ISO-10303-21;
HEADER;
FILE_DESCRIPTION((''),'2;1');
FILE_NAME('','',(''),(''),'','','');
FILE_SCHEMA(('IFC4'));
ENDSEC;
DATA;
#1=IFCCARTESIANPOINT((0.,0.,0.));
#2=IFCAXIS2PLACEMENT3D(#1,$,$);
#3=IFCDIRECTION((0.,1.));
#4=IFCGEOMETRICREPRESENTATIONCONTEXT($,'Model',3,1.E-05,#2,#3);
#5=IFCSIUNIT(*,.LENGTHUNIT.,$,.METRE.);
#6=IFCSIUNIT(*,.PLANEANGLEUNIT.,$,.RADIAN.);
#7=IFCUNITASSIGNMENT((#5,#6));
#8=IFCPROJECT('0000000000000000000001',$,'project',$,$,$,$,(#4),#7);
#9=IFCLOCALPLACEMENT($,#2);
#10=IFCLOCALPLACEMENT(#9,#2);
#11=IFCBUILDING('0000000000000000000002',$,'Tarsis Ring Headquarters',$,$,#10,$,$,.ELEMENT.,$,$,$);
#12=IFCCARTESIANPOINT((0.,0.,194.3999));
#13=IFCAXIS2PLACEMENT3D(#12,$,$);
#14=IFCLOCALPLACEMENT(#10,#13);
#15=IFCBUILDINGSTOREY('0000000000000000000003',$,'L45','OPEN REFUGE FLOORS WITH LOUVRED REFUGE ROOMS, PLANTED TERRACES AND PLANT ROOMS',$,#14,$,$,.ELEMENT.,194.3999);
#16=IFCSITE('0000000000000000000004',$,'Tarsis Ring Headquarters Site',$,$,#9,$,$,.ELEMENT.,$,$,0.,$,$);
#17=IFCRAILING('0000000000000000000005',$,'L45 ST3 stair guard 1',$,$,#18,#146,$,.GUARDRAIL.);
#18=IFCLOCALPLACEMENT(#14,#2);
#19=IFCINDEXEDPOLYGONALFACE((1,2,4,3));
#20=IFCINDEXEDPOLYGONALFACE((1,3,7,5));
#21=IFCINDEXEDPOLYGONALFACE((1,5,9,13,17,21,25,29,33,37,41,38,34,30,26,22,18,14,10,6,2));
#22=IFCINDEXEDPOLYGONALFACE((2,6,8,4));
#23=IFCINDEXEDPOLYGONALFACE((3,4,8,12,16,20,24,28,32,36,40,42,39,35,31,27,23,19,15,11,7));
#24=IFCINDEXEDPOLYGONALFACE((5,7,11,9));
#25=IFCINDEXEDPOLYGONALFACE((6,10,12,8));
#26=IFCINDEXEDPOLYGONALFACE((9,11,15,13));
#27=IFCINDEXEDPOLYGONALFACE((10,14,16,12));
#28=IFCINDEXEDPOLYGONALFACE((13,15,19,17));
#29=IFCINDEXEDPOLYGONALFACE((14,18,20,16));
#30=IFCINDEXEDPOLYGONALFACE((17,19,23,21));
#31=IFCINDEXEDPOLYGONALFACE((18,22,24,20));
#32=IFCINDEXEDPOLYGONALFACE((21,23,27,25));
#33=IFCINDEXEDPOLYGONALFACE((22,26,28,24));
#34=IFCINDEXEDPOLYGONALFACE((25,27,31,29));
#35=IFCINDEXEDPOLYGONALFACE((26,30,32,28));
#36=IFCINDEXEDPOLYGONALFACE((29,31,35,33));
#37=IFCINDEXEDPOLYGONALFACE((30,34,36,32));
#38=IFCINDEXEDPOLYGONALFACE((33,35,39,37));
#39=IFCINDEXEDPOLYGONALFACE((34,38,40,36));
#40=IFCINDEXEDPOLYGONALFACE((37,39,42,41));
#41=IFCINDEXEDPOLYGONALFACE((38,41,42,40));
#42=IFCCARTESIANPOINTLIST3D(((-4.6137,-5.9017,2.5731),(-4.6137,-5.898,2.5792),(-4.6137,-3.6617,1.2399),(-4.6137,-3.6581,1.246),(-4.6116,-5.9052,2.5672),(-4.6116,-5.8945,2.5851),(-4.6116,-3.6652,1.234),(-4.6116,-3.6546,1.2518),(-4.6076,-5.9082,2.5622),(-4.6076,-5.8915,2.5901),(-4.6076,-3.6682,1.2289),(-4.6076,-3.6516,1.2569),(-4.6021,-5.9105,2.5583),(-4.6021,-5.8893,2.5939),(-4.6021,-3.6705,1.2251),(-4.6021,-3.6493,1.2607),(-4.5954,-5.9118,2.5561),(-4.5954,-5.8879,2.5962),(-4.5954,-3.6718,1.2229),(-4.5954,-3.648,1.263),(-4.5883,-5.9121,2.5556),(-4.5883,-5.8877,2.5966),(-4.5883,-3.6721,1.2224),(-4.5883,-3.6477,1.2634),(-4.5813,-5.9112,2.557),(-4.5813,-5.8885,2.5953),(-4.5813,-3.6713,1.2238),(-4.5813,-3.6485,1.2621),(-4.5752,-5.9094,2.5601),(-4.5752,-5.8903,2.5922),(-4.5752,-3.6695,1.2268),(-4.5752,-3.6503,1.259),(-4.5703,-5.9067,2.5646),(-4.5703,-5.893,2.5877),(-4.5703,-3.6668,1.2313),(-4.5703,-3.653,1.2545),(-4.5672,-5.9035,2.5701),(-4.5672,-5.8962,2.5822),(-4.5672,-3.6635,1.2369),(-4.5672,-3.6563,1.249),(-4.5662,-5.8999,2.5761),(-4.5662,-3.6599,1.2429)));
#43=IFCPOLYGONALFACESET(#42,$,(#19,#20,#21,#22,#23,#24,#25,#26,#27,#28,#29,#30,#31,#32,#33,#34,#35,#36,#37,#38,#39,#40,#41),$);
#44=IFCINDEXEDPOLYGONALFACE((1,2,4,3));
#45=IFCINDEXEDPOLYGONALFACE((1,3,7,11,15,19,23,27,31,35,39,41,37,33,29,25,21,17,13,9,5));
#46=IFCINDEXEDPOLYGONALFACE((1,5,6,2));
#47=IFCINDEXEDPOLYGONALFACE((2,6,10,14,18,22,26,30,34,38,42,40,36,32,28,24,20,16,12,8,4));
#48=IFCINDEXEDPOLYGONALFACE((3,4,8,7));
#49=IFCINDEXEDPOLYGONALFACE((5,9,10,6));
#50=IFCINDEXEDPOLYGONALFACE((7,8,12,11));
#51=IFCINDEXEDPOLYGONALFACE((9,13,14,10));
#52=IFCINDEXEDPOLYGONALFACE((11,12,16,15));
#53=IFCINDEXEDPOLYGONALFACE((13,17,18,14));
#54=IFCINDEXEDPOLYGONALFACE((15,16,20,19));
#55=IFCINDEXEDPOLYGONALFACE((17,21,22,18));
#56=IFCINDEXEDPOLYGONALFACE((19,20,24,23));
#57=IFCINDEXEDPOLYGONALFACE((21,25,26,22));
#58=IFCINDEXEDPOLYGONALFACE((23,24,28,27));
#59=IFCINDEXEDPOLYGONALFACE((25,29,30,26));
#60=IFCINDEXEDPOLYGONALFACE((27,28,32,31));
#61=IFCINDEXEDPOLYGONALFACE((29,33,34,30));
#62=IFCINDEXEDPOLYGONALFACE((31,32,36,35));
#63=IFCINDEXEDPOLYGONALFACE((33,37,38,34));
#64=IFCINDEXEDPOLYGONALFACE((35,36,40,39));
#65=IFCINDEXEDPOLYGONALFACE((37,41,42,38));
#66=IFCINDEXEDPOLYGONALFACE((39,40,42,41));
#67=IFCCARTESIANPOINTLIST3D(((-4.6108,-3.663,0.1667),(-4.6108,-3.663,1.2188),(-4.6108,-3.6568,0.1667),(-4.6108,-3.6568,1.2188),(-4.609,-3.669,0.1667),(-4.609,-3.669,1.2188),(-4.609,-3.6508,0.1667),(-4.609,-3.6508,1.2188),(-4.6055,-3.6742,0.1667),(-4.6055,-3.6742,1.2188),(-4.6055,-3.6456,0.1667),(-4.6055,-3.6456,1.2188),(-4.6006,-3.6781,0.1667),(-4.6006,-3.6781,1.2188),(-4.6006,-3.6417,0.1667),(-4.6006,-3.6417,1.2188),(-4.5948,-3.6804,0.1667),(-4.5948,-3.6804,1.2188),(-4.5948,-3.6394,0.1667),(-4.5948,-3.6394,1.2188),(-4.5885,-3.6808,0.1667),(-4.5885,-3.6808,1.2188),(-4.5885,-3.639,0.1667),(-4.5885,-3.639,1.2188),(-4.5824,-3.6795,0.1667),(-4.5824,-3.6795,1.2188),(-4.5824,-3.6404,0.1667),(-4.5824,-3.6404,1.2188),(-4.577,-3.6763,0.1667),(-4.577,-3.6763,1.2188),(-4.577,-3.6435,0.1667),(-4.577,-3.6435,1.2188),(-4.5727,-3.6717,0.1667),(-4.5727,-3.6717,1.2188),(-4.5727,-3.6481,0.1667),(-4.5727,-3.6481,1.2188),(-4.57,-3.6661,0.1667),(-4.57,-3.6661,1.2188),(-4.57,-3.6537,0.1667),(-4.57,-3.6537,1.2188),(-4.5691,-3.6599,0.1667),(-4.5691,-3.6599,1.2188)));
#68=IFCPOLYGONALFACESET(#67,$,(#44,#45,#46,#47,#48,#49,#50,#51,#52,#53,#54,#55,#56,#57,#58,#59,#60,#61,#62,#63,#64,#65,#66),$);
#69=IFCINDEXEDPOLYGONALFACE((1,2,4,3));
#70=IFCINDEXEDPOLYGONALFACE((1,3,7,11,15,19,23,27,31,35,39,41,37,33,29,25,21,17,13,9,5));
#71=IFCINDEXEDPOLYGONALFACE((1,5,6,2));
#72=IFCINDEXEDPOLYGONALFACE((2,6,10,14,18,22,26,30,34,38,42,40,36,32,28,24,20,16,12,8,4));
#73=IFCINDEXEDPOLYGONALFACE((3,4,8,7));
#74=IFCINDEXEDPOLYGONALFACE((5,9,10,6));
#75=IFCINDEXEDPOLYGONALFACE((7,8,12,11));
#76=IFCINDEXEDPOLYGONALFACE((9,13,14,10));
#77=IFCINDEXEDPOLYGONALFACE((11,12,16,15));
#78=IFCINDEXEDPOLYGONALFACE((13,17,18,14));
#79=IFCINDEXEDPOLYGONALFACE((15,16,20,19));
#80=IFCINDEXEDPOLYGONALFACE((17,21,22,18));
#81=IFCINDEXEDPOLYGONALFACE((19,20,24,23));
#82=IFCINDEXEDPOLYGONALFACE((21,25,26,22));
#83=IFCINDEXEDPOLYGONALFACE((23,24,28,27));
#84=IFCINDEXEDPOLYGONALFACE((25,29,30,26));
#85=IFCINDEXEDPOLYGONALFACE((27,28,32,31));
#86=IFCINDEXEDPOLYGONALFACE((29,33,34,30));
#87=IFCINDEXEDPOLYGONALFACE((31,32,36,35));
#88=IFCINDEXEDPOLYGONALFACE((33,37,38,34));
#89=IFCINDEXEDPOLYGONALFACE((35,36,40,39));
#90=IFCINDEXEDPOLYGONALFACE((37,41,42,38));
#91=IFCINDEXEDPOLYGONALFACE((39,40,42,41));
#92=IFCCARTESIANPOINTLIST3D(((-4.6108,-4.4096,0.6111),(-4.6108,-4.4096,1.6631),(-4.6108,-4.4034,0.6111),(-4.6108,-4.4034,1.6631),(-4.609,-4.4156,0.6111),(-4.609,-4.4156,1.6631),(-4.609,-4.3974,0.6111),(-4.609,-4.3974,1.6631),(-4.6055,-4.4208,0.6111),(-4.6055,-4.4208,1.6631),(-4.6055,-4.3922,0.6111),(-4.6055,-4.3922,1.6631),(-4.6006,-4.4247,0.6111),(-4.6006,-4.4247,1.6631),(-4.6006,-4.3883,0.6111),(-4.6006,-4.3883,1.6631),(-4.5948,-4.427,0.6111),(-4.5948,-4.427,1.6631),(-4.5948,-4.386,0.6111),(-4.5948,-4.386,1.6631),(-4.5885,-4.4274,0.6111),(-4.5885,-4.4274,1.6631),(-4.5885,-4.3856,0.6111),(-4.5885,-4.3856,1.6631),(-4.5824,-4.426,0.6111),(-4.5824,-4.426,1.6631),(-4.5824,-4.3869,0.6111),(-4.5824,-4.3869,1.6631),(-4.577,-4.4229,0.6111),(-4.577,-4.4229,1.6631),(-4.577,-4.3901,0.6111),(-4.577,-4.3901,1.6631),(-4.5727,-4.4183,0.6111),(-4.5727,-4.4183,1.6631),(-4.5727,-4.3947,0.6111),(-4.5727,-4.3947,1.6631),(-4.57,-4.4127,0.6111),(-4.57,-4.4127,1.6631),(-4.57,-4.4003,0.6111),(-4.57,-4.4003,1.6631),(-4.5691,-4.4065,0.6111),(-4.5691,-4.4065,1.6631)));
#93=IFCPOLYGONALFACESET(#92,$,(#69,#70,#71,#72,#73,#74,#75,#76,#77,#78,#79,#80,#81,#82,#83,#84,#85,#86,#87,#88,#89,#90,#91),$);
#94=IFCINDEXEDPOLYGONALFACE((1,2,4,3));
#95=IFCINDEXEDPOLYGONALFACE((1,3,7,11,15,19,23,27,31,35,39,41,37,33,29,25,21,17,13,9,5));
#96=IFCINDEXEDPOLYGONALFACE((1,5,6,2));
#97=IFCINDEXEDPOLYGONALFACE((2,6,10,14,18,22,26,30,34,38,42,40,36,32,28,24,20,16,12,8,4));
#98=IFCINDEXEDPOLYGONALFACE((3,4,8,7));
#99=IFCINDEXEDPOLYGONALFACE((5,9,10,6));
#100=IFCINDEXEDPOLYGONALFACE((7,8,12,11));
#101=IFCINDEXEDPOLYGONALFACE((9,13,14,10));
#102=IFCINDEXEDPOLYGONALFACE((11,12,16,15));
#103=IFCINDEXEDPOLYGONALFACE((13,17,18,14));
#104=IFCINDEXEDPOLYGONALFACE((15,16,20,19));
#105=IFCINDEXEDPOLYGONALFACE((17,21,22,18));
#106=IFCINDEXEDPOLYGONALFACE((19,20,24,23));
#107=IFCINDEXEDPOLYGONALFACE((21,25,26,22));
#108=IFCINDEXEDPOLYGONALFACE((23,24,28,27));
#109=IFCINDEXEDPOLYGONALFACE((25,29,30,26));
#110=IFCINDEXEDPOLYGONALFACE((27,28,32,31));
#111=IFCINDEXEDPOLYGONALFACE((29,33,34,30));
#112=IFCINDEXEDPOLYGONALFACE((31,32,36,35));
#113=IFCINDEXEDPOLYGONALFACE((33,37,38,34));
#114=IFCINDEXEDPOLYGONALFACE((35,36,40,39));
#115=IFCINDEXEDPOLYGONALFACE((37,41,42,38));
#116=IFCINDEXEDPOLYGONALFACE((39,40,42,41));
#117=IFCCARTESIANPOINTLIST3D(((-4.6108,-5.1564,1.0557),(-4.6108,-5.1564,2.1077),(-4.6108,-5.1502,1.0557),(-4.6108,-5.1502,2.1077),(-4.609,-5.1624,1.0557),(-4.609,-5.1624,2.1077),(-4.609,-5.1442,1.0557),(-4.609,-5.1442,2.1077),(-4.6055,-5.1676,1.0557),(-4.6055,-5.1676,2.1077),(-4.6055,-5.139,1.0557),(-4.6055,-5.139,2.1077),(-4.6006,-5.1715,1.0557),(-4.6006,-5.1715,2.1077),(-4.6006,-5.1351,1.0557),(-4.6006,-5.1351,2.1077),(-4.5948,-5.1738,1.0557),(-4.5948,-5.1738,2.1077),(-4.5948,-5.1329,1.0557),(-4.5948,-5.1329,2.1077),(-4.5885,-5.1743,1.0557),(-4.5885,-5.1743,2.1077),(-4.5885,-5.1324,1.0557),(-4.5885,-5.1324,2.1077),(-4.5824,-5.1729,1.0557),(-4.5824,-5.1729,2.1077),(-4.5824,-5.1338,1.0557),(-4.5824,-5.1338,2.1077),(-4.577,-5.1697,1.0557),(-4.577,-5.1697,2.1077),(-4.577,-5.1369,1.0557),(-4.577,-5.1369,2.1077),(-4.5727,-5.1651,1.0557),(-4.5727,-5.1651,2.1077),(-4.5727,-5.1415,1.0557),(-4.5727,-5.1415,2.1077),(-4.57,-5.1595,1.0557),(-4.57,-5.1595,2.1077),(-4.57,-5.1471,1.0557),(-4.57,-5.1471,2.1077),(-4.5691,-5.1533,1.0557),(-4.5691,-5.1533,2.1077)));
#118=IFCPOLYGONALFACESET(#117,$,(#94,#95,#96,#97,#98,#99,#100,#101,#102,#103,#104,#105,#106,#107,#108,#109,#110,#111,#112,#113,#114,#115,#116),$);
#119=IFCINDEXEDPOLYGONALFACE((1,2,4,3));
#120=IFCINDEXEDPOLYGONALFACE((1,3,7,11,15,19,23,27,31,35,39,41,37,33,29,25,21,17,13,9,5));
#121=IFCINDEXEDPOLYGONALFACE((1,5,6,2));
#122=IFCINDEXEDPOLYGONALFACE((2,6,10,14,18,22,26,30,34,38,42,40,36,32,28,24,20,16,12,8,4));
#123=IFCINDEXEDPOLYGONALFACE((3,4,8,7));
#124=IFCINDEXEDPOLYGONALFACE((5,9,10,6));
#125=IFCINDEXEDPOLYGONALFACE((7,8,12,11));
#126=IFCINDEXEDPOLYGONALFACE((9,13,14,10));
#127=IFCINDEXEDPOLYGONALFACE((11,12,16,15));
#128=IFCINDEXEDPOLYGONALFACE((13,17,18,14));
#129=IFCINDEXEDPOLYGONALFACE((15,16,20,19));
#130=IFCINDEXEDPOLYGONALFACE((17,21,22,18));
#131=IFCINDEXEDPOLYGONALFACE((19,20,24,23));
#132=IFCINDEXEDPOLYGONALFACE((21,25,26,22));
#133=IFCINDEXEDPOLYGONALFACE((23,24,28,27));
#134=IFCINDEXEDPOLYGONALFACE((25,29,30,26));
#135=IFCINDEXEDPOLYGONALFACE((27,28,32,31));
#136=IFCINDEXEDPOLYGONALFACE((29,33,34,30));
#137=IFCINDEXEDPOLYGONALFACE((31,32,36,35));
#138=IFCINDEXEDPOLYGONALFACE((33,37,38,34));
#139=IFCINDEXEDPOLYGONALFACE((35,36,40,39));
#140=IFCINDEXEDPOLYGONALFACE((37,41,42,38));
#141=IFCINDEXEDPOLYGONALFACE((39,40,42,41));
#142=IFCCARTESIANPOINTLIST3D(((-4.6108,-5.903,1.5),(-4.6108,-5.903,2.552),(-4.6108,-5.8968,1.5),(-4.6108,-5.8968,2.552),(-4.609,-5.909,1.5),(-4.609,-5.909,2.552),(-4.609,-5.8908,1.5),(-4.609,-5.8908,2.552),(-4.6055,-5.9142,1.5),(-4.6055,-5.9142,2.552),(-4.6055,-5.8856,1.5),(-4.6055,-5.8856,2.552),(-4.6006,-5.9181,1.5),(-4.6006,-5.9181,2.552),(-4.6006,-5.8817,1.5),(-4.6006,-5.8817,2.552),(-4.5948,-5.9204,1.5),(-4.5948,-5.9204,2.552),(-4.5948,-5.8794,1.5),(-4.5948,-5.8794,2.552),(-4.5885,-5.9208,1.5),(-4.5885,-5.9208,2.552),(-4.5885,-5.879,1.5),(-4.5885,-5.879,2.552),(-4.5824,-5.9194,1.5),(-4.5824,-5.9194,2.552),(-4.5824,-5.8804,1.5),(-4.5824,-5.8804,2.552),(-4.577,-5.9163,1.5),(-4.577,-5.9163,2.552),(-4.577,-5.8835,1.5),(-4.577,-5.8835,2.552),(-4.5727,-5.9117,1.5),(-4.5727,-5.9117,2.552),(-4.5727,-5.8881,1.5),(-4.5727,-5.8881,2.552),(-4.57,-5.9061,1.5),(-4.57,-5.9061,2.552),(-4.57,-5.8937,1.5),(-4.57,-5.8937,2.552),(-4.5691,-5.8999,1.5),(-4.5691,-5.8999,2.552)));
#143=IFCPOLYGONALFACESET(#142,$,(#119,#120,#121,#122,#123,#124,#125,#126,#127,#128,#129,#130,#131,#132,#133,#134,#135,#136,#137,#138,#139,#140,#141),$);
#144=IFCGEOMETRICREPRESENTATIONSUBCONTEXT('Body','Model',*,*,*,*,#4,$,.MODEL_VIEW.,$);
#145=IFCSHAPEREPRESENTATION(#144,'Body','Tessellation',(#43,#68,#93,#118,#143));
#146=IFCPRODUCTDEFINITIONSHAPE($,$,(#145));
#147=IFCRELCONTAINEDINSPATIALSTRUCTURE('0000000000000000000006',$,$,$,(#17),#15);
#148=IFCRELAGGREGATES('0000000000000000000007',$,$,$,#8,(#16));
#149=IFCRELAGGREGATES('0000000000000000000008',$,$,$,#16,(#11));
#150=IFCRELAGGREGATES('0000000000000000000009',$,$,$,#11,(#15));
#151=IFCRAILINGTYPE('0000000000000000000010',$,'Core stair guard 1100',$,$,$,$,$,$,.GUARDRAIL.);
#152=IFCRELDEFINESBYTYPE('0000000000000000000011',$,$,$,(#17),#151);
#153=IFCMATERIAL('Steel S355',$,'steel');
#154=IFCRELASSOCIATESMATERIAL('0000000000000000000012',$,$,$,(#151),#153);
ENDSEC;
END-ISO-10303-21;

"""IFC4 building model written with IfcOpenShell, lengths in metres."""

from ifc_helpers import new_model, si_unit, direction, frame, origin, origin_2d, place, context, subcontext, project, spatial, circle, extrude, material, type_object, element, save


model = new_model("IFC4")

# Units and contexts
model_context = context("Model", 3, precision=1e-05, world=origin(), true_north=direction((0.0, 1.0)))
body_context = subcontext(model_context, "Body", "Model", "MODEL_VIEW")
ifc_project = project(units=[si_unit("LENGTHUNIT", "METRE"), si_unit("PLANEANGLEUNIT", "RADIAN")], contexts=[model_context])

# Site, building, storey
site_placement = place(None, origin())
site = spatial("IfcSite", under=ifc_project, at=site_placement, Name="Tarsis Ring Headquarters Site", CompositionType="ELEMENT", RefElevation=0.0)
building_placement = place(site_placement, origin())
building = spatial("IfcBuilding", under=site, at=building_placement, Name="Tarsis Ring Headquarters", CompositionType="ELEMENT")
storey_placement = place(building_placement, frame((0.0, 0.0, 194.3999)))
storey = spatial("IfcBuildingStorey", under=building, at=storey_placement, Name="L45", Description="OPEN REFUGE FLOORS WITH LOUVRED REFUGE ROOMS, PLANTED TERRACES AND PLANT ROOMS", CompositionType="ELEMENT", Elevation=194.3999)

# Railing
ifc_material_1 = material(Name="Steel S355", Category="steel")
railing_type_1 = type_object("IfcRailingType", Name="Core stair guard 1100", PredefinedType="GUARDRAIL", material=ifc_material_1)
railing_1_placement = place(storey_placement, frame((-4.5901, -3.6599, 0.1667)))
element("IfcRailing", 1, at=railing_1_placement, inside=storey, type_object=railing_type_1, Name="L45 ST3 stair guard 1", PredefinedType="GUARDRAIL", context=body_context, shape_type="SweptSolid", body=[
    extrude(circle(Radius=0.0239, at=origin_2d()), frame((0.0, 0.0, 1.0762), z_axis=(0.0, -0.859306, 0.511462), x_axis=(1.0, 0.0, 0.0)), (0.0, 0.0, 1.0), 2.6067),
    extrude(circle(Radius=0.021, at=origin_2d()), origin(), (0.0, 0.0, 1.0), 1.052),
    extrude(circle(Radius=0.021, at=origin_2d()), frame((0.0, -0.7466, 0.4443)), (0.0, 0.0, 1.0), 1.052),
    extrude(circle(Radius=0.021, at=origin_2d()), frame((0.0, -1.4934, 0.8889)), (0.0, 0.0, 1.0), 1.052),
    extrude(circle(Radius=0.021, at=origin_2d()), frame((0.0, -2.24, 1.3333)), (0.0, 0.0, 1.0), 1.052),
])

save(model, "model.ifc")
